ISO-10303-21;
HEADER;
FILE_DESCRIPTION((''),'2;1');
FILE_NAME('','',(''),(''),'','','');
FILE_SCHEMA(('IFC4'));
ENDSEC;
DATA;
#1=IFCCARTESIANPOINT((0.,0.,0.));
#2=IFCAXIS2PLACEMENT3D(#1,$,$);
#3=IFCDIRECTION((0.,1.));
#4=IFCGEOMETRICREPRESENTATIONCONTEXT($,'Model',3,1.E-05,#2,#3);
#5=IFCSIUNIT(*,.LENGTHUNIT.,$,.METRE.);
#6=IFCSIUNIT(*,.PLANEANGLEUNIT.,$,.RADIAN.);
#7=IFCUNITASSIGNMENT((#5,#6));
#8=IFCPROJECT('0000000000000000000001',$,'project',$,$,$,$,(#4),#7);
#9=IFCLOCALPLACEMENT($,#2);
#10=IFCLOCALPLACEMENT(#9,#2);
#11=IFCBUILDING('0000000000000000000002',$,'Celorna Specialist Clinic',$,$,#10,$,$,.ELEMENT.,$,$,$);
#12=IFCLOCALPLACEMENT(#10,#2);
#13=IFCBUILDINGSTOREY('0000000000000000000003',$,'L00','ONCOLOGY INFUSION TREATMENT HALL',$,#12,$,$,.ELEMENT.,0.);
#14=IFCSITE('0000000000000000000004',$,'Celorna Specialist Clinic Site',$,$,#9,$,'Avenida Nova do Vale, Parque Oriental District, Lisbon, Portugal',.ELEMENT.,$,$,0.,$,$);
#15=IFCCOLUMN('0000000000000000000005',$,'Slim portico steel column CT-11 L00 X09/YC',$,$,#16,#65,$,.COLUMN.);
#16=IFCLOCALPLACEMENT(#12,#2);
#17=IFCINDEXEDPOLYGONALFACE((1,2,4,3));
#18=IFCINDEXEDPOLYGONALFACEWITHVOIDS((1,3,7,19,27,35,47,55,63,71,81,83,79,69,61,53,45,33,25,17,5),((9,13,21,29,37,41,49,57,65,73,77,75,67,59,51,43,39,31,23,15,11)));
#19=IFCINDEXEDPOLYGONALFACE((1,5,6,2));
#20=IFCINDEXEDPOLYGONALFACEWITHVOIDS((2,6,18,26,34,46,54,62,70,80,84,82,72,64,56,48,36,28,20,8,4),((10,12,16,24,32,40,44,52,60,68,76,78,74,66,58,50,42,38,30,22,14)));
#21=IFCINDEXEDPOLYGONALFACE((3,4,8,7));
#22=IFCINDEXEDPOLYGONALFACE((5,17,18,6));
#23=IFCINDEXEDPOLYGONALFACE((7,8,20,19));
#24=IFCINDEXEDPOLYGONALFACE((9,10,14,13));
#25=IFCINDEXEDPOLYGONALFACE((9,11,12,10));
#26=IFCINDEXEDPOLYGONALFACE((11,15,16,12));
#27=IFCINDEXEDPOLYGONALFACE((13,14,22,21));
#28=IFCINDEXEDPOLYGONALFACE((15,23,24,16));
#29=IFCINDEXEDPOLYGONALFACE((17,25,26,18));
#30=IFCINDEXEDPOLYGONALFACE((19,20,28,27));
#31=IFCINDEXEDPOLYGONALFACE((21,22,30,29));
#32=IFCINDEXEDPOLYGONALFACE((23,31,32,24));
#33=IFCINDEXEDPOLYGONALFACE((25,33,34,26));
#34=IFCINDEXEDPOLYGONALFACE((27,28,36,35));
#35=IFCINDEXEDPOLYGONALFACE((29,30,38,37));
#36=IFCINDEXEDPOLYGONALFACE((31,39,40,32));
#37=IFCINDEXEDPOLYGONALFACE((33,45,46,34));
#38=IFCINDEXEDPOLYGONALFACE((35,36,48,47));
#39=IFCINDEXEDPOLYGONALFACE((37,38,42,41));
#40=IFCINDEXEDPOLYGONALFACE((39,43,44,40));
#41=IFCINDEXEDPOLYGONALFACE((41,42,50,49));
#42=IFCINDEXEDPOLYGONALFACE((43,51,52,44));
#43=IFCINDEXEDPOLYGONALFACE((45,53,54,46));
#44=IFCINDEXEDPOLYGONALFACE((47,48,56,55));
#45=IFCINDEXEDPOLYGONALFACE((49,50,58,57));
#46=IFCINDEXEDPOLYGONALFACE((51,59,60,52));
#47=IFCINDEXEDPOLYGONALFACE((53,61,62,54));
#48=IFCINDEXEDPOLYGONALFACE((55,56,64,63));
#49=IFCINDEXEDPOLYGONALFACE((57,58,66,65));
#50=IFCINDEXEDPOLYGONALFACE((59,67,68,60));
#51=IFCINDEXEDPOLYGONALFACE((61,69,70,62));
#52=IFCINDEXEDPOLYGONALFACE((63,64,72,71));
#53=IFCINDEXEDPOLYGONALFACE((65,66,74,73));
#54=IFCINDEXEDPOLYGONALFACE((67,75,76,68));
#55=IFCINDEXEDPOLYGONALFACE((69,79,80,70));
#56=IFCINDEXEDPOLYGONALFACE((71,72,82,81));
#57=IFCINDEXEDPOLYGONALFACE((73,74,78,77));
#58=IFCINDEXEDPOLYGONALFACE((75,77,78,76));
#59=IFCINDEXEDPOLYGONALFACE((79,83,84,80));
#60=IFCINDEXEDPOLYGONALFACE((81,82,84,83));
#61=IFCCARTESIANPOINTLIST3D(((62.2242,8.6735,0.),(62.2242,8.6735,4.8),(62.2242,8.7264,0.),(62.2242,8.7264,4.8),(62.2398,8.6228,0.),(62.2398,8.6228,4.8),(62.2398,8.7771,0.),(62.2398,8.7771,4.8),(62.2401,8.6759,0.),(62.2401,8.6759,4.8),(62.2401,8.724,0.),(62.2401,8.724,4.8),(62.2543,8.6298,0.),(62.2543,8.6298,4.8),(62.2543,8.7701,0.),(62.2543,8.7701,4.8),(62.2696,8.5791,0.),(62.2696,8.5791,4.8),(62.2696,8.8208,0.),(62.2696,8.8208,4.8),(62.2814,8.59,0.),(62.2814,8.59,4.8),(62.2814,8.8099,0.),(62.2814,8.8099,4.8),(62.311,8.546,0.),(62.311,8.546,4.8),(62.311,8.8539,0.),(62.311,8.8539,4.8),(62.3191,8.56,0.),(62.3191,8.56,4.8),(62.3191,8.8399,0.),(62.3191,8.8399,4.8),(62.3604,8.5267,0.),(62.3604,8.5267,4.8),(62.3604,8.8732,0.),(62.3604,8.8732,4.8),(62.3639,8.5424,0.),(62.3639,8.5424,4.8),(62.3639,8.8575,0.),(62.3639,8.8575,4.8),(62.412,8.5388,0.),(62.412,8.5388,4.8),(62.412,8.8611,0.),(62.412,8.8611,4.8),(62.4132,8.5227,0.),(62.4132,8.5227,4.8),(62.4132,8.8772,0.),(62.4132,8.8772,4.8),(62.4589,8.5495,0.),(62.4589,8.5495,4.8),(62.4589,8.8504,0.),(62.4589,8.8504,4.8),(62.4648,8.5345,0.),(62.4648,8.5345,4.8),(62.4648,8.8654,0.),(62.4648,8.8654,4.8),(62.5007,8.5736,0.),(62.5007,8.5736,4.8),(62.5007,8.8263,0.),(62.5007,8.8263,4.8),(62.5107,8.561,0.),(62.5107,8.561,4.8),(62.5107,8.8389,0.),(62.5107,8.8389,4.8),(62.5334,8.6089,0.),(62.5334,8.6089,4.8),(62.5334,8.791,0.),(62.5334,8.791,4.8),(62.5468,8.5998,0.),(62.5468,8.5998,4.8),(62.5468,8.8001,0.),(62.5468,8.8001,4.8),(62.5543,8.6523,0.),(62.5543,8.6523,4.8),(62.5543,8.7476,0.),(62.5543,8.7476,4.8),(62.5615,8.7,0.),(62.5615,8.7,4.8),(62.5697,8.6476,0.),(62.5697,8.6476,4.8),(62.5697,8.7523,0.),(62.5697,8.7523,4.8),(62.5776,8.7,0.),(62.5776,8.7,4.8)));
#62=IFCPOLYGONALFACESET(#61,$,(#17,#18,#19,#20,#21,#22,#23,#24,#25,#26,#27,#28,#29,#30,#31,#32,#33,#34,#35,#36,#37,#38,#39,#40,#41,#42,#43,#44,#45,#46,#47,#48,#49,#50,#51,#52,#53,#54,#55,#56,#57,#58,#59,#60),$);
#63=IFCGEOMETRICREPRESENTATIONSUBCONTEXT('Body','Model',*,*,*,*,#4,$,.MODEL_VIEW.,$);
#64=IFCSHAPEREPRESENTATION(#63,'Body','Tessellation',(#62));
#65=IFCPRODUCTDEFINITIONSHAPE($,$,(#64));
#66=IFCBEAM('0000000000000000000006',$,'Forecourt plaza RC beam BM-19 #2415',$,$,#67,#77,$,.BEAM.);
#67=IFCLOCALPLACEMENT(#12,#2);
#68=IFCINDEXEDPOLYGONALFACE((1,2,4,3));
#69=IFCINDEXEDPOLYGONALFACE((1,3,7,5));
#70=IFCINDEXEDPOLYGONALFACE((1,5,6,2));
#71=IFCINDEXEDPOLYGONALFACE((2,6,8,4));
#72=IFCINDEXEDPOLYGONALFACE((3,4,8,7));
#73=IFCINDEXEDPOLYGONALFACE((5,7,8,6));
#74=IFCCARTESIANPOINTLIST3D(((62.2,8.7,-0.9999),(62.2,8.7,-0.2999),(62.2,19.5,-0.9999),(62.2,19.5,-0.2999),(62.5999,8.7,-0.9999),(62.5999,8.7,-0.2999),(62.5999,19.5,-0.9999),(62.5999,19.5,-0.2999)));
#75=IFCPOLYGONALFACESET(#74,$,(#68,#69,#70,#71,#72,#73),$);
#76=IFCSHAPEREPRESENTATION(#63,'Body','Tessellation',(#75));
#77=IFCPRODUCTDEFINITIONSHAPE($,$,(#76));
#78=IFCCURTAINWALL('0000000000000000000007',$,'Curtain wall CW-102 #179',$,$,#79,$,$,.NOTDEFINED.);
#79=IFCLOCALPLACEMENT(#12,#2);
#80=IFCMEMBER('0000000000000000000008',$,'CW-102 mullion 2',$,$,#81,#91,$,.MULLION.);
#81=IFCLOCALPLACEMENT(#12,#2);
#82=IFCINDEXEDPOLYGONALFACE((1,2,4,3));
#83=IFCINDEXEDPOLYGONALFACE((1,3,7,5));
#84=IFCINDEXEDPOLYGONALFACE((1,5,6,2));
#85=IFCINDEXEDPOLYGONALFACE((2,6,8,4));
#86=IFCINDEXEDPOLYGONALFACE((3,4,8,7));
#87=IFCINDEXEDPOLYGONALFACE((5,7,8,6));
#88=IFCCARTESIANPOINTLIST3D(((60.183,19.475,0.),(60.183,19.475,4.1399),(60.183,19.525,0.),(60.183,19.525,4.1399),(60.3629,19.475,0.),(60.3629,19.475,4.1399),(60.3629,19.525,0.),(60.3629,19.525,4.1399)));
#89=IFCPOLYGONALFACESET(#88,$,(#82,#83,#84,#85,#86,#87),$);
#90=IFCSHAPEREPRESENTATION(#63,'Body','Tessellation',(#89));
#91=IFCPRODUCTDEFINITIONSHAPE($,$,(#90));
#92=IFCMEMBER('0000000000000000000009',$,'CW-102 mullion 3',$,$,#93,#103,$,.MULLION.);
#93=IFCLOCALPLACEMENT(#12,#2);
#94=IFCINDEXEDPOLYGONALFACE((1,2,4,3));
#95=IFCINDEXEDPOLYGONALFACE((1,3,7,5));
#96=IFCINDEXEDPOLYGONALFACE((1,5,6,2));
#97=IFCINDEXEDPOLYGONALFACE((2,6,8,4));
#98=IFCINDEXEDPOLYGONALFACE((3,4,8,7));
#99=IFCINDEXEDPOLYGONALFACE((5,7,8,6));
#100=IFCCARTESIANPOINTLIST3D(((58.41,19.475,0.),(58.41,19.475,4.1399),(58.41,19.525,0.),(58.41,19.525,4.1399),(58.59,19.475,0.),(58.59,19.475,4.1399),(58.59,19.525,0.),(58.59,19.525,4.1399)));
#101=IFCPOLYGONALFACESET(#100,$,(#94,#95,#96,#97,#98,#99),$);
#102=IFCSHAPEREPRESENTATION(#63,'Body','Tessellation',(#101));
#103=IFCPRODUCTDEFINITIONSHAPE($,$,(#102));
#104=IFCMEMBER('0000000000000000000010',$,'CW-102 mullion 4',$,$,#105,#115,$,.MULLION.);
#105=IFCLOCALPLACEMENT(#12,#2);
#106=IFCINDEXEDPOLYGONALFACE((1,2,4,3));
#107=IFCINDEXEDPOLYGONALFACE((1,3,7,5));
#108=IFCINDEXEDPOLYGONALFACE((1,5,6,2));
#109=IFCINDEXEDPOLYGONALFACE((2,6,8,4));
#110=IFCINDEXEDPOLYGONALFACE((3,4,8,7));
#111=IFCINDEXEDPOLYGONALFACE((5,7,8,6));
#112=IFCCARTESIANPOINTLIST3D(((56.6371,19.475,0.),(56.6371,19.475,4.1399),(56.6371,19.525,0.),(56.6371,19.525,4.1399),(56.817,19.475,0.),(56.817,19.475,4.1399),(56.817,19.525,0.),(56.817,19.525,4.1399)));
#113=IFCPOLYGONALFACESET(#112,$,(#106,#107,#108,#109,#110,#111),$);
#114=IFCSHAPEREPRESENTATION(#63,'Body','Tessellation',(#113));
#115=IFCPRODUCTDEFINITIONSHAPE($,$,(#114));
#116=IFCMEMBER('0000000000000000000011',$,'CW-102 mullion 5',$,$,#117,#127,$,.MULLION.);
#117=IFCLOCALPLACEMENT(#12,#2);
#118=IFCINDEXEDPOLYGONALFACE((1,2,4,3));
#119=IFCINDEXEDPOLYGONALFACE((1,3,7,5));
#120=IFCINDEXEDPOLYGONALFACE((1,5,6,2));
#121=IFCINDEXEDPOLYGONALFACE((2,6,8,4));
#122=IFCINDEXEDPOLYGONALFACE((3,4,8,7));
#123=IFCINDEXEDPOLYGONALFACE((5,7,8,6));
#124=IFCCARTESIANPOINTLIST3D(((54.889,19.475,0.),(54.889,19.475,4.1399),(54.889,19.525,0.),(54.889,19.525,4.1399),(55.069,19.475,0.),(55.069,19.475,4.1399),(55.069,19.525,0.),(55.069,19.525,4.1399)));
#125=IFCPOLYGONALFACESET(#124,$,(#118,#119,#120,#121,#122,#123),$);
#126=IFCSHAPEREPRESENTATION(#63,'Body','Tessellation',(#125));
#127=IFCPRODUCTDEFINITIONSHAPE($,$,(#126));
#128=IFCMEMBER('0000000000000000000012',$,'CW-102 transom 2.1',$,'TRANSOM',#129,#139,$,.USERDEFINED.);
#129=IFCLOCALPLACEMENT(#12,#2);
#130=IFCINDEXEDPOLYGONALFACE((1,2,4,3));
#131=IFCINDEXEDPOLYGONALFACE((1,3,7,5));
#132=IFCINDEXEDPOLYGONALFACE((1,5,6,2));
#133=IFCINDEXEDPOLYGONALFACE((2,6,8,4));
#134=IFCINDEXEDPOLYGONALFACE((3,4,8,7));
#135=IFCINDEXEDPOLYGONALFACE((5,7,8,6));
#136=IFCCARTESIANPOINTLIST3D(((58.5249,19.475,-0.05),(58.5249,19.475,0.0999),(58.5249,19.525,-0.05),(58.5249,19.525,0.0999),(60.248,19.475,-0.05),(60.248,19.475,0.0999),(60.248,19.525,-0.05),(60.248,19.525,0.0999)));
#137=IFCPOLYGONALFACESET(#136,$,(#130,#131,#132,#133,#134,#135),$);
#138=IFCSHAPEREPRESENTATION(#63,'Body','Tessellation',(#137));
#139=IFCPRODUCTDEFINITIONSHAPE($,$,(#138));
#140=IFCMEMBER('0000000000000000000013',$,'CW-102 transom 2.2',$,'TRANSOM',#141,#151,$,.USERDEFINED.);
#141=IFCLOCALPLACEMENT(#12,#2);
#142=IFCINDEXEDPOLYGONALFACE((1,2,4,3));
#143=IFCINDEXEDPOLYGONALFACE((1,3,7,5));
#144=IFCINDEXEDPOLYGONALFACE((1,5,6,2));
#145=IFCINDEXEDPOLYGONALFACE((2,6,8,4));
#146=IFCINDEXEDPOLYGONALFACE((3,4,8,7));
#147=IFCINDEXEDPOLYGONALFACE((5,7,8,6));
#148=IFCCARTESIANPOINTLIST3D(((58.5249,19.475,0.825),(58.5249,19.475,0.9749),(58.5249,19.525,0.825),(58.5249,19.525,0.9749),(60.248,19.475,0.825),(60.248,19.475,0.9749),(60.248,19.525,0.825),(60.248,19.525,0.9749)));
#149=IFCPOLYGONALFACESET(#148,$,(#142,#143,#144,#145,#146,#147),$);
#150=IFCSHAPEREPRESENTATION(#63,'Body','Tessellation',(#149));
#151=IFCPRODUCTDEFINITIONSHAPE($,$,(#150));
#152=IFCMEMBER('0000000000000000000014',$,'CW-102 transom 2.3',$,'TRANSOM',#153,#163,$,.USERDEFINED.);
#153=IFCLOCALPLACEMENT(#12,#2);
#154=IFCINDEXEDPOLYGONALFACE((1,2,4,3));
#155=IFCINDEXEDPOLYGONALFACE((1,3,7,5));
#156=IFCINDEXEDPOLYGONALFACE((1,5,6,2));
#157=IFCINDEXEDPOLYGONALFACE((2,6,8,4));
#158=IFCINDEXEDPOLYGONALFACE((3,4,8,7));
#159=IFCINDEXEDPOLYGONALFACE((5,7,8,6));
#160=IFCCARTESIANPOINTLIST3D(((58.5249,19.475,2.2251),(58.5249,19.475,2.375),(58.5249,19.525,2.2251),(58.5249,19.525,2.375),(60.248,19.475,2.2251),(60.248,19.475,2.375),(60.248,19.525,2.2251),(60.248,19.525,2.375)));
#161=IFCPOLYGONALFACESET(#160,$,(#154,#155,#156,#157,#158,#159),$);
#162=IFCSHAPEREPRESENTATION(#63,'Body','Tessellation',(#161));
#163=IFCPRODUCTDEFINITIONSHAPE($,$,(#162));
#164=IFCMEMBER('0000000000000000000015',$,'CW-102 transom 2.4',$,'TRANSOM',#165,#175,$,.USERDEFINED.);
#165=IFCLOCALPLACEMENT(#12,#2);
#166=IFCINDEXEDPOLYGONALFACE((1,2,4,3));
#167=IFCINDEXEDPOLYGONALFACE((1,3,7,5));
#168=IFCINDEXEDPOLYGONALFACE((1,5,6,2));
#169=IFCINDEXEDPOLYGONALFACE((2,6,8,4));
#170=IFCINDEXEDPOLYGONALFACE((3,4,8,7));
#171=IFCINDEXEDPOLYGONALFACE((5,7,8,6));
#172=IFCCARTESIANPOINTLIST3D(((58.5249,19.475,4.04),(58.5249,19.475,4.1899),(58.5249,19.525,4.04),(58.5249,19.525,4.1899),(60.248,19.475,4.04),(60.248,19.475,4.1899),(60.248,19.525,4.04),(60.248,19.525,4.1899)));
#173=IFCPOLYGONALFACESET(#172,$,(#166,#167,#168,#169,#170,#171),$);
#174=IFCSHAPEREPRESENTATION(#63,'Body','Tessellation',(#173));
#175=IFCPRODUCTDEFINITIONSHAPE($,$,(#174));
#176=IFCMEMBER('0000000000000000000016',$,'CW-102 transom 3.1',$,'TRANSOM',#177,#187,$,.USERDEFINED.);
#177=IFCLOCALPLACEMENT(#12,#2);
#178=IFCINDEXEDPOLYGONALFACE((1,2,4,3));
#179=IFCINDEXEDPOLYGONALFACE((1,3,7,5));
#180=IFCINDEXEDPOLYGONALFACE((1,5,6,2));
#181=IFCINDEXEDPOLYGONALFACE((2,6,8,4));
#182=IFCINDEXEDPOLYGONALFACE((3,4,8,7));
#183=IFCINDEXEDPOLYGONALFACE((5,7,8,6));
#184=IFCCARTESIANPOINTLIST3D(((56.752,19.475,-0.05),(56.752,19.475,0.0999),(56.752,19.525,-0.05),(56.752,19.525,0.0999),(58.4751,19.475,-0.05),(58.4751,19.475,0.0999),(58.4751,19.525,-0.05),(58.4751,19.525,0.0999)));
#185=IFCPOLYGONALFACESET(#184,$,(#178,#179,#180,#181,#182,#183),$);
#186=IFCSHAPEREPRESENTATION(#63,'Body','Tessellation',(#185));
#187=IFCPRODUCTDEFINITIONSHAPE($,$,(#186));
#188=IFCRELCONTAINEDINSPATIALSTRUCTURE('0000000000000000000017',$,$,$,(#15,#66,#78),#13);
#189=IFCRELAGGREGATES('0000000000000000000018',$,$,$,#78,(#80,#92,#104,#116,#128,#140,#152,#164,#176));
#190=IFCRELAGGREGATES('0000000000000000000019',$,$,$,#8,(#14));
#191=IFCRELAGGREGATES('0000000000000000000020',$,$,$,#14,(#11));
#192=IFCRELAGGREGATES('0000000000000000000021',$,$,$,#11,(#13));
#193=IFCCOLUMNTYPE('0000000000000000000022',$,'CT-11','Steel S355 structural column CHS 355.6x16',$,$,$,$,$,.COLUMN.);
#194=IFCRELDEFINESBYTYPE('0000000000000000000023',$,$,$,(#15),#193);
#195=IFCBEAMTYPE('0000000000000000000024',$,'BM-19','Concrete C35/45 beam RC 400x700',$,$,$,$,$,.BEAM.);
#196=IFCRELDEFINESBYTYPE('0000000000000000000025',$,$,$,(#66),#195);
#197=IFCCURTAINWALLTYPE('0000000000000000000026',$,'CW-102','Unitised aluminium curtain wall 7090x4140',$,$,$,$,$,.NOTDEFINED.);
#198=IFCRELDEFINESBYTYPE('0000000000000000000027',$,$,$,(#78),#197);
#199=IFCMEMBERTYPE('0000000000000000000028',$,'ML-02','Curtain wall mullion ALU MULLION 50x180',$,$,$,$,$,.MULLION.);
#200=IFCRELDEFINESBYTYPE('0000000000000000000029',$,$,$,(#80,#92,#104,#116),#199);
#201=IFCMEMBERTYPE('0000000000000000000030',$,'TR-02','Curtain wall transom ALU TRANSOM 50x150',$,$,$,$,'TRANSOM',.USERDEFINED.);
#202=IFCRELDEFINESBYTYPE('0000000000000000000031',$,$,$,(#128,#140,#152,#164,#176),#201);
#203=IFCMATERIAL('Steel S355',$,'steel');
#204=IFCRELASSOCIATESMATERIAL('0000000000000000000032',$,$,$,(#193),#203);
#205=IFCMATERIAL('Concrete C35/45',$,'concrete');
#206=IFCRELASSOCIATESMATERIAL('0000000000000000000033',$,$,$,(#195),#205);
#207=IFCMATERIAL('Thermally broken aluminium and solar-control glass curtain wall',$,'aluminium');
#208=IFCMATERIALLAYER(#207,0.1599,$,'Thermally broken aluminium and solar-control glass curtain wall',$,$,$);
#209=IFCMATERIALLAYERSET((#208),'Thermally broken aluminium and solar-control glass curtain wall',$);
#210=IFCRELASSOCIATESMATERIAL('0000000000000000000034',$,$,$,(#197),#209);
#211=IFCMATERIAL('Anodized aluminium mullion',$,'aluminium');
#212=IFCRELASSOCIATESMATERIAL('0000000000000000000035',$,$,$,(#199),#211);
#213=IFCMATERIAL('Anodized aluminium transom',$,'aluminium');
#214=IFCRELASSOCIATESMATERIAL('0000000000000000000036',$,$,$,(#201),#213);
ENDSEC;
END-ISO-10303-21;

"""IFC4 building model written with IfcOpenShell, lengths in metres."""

from ifc_helpers import new_model, si_unit, direction, frame, origin, origin_2d, place, context, subcontext, project, spatial, rectangle, hollow_circle, extrude, material, layer, layer_set, material_profile, profile_set, type_object, element, aggregate, save


model = new_model("IFC4")

# Units and contexts
model_context = context("Model", 3, precision=1e-05, world=origin(), true_north=direction((0.0, 1.0)))
body_context = subcontext(model_context, "Body", "Model", "MODEL_VIEW")
ifc_project = project(units=[si_unit("LENGTHUNIT", "METRE"), si_unit("PLANEANGLEUNIT", "RADIAN")], contexts=[model_context])

# Site, building, storey
site_placement = place(None, origin())
site = spatial("IfcSite", under=ifc_project, at=site_placement, Name="Celorna Specialist Clinic Site", LongName="Avenida Nova do Vale, Parque Oriental District, Lisbon, Portugal", CompositionType="ELEMENT", RefElevation=0.0)
building_placement = place(site_placement, origin())
building = spatial("IfcBuilding", under=site, at=building_placement, Name="Celorna Specialist Clinic", CompositionType="ELEMENT")
storey_placement = place(building_placement, origin())
storey = spatial("IfcBuildingStorey", under=building, at=storey_placement, Name="L00", Description="ONCOLOGY INFUSION TREATMENT HALL", CompositionType="ELEMENT", Elevation=0.0)

# Column
ifc_material_1 = material(Name="Steel S355", Category="steel")
ifc_material_profile_1 = material_profile(ifc_material_1, hollow_circle(Radius=0.1777, WallThickness=0.0161, at=origin_2d()), Name="CHS 355.6x16")
ifc_profile_set_1 = profile_set([ifc_material_profile_1], Name="Steel S355")
column_type = type_object("IfcColumnType", Name="CT-11", Description="Steel S355 structural column CHS 355.6x16", PredefinedType="COLUMN", material=ifc_profile_set_1)
column_placement = place(storey_placement, frame((62.3999, 8.7, 0.0), z_axis=(0.0, 0.0, 1.0), x_axis=(1.0, 0.0, 0.0)))
element("IfcColumn", 1, at=column_placement, inside=storey, type_object=column_type, Name="Slim portico steel column CT-11 L00 X09/YC", PredefinedType="COLUMN", context=body_context, shape_type="SweptSolid", body=[
    extrude(hollow_circle(Radius=0.1777, WallThickness=0.0161, at=origin_2d()), origin(), (0.0, 0.0, 1.0), 4.8),
])

# Beam
ifc_material_2 = material(Name="Concrete C35/45", Category="concrete")
ifc_material_profile_2 = material_profile(ifc_material_2, rectangle(XDim=0.3999, YDim=0.7, at=origin_2d()), Name="RC 400x700")
ifc_profile_set_2 = profile_set([ifc_material_profile_2], Name="Concrete C35/45")
beam_type = type_object("IfcBeamType", Name="BM-19", Description="Concrete C35/45 beam RC 400x700", PredefinedType="BEAM", material=ifc_profile_set_2)
beam_placement = place(storey_placement, frame((62.3999, 8.7, -0.6499), z_axis=(0.0, 1.0, 0.0), x_axis=(-1.0, 0.0, 0.0)))
element("IfcBeam", 2, at=beam_placement, inside=storey, type_object=beam_type, Name="Forecourt plaza RC beam BM-19 #2415", PredefinedType="BEAM", context=body_context, shape_type="SweptSolid", body=[
    extrude(rectangle(XDim=0.3999, YDim=0.7, at=origin_2d()), origin(), (0.0, 0.0, 1.0), 10.8),
])

# Curtain wall, members
ifc_material_3 = material(Name="Thermally broken aluminium and solar-control glass curtain wall", Category="aluminium")
ifc_layer_1 = layer(ifc_material_3, 0.1599, Name="Thermally broken aluminium and solar-control glass curtain wall")
ifc_layer_set_1 = layer_set([ifc_layer_1], Name="Thermally broken aluminium and solar-control glass curtain wall")
curtain_wall_type = type_object("IfcCurtainWallType", Name="CW-102", Description="Unitised aluminium curtain wall 7090x4140", PredefinedType="NOTDEFINED", material=ifc_layer_set_1)
curtain_wall_placement = place(storey_placement, origin())
curtain_wall = element("IfcCurtainWall", 3, at=curtain_wall_placement, inside=storey, type_object=curtain_wall_type, Name="Curtain wall CW-102 #179", PredefinedType="NOTDEFINED")
ifc_material_4 = material(Name="Anodized aluminium mullion", Category="aluminium")
ifc_material_profile_3 = material_profile(ifc_material_4, rectangle(XDim=0.05, YDim=0.1799, at=origin_2d()), Name="ALU MULLION 50x180")
ifc_profile_set_3 = profile_set([ifc_material_profile_3], Name="Anodized aluminium mullion")
member_type_1 = type_object("IfcMemberType", Name="ML-02", Description="Curtain wall mullion ALU MULLION 50x180", PredefinedType="MULLION", material=ifc_profile_set_3)
member_1_placement = place(storey_placement, frame((60.2729, 19.5, 0.0), z_axis=(0.0, 0.0, 1.0), x_axis=(0.0, -1.0, 0.0)))
member_1 = element("IfcMember", 4, at=member_1_placement, type_object=member_type_1, Name="CW-102 mullion 2", PredefinedType="MULLION", context=body_context, shape_type="SweptSolid", body=[
    extrude(rectangle(XDim=0.05, YDim=0.1799, at=origin_2d()), origin(), (0.0, 0.0, 1.0), 4.1399),
])
member_2_placement = place(storey_placement, frame((58.5, 19.5, 0.0), z_axis=(0.0, 0.0, 1.0), x_axis=(0.0, -1.0, 0.0)))
member_2 = element("IfcMember", 5, at=member_2_placement, type_object=member_type_1, Name="CW-102 mullion 3", PredefinedType="MULLION", context=body_context, shape_type="SweptSolid", body=[
    extrude(rectangle(XDim=0.05, YDim=0.1799, at=origin_2d()), origin(), (0.0, 0.0, 1.0), 4.1399),
])
member_3_placement = place(storey_placement, frame((56.7271, 19.5, 0.0), z_axis=(0.0, 0.0, 1.0), x_axis=(0.0, -1.0, 0.0)))
member_3 = element("IfcMember", 6, at=member_3_placement, type_object=member_type_1, Name="CW-102 mullion 4", PredefinedType="MULLION", context=body_context, shape_type="SweptSolid", body=[
    extrude(rectangle(XDim=0.05, YDim=0.1799, at=origin_2d()), origin(), (0.0, 0.0, 1.0), 4.1399),
])
member_4_placement = place(storey_placement, frame((54.979, 19.5, 0.0), z_axis=(0.0, 0.0, 1.0), x_axis=(0.0, -1.0, 0.0)))
member_4 = element("IfcMember", 7, at=member_4_placement, type_object=member_type_1, Name="CW-102 mullion 5", PredefinedType="MULLION", context=body_context, shape_type="SweptSolid", body=[
    extrude(rectangle(XDim=0.05, YDim=0.1799, at=origin_2d()), origin(), (0.0, 0.0, 1.0), 4.1399),
])
ifc_material_5 = material(Name="Anodized aluminium transom", Category="aluminium")
ifc_material_profile_4 = material_profile(ifc_material_5, rectangle(XDim=0.05, YDim=0.1499, at=origin_2d()), Name="ALU TRANSOM 50x150")
ifc_profile_set_4 = profile_set([ifc_material_profile_4], Name="Anodized aluminium transom")
member_type_2 = type_object("IfcMemberType", Name="TR-02", Description="Curtain wall transom ALU TRANSOM 50x150", ElementType="TRANSOM", PredefinedType="USERDEFINED", material=ifc_profile_set_4)
member_5_placement = place(storey_placement, frame((60.248, 19.5, 0.0249), z_axis=(-1.0, 0.0, 0.0), x_axis=(0.0, -1.0, 0.0)))
member_5 = element("IfcMember", 8, at=member_5_placement, type_object=member_type_2, Name="CW-102 transom 2.1", ObjectType="TRANSOM", PredefinedType="USERDEFINED", context=body_context, shape_type="SweptSolid", body=[
    extrude(rectangle(XDim=0.05, YDim=0.1499, at=origin_2d()), origin(), (0.0, 0.0, 1.0), 1.7231),
])
member_6_placement = place(storey_placement, frame((60.248, 19.5, 0.8999), z_axis=(-1.0, 0.0, 0.0), x_axis=(0.0, -1.0, 0.0)))
member_6 = element("IfcMember", 9, at=member_6_placement, type_object=member_type_2, Name="CW-102 transom 2.2", ObjectType="TRANSOM", PredefinedType="USERDEFINED", context=body_context, shape_type="SweptSolid", body=[
    extrude(rectangle(XDim=0.05, YDim=0.1499, at=origin_2d()), origin(), (0.0, 0.0, 1.0), 1.7231),
])
member_7_placement = place(storey_placement, frame((60.248, 19.5, 2.3), z_axis=(-1.0, 0.0, 0.0), x_axis=(0.0, -1.0, 0.0)))
member_7 = element("IfcMember", 10, at=member_7_placement, type_object=member_type_2, Name="CW-102 transom 2.3", ObjectType="TRANSOM", PredefinedType="USERDEFINED", context=body_context, shape_type="SweptSolid", body=[
    extrude(rectangle(XDim=0.05, YDim=0.1499, at=origin_2d()), origin(), (0.0, 0.0, 1.0), 1.7231),
])
member_8_placement = place(storey_placement, frame((60.248, 19.5, 4.115), z_axis=(-1.0, 0.0, 0.0), x_axis=(0.0, -1.0, 0.0)))
member_8 = element("IfcMember", 11, at=member_8_placement, type_object=member_type_2, Name="CW-102 transom 2.4", ObjectType="TRANSOM", PredefinedType="USERDEFINED", context=body_context, shape_type="SweptSolid", body=[
    extrude(rectangle(XDim=0.05, YDim=0.1499, at=origin_2d()), origin(), (0.0, 0.0, 1.0), 1.7231),
])
member_9_placement = place(storey_placement, frame((58.4751, 19.5, 0.0249), z_axis=(-1.0, 0.0, 0.0), x_axis=(0.0, -1.0, 0.0)))
member_9 = element("IfcMember", 12, at=member_9_placement, type_object=member_type_2, Name="CW-102 transom 3.1", ObjectType="TRANSOM", PredefinedType="USERDEFINED", context=body_context, shape_type="SweptSolid", body=[
    extrude(rectangle(XDim=0.05, YDim=0.1499, at=origin_2d()), origin(), (0.0, 0.0, 1.0), 1.7231),
])
aggregate(curtain_wall, [member_1, member_2, member_3, member_4, member_5, member_6, member_7, member_8, member_9])

save(model, "model.ifc")
